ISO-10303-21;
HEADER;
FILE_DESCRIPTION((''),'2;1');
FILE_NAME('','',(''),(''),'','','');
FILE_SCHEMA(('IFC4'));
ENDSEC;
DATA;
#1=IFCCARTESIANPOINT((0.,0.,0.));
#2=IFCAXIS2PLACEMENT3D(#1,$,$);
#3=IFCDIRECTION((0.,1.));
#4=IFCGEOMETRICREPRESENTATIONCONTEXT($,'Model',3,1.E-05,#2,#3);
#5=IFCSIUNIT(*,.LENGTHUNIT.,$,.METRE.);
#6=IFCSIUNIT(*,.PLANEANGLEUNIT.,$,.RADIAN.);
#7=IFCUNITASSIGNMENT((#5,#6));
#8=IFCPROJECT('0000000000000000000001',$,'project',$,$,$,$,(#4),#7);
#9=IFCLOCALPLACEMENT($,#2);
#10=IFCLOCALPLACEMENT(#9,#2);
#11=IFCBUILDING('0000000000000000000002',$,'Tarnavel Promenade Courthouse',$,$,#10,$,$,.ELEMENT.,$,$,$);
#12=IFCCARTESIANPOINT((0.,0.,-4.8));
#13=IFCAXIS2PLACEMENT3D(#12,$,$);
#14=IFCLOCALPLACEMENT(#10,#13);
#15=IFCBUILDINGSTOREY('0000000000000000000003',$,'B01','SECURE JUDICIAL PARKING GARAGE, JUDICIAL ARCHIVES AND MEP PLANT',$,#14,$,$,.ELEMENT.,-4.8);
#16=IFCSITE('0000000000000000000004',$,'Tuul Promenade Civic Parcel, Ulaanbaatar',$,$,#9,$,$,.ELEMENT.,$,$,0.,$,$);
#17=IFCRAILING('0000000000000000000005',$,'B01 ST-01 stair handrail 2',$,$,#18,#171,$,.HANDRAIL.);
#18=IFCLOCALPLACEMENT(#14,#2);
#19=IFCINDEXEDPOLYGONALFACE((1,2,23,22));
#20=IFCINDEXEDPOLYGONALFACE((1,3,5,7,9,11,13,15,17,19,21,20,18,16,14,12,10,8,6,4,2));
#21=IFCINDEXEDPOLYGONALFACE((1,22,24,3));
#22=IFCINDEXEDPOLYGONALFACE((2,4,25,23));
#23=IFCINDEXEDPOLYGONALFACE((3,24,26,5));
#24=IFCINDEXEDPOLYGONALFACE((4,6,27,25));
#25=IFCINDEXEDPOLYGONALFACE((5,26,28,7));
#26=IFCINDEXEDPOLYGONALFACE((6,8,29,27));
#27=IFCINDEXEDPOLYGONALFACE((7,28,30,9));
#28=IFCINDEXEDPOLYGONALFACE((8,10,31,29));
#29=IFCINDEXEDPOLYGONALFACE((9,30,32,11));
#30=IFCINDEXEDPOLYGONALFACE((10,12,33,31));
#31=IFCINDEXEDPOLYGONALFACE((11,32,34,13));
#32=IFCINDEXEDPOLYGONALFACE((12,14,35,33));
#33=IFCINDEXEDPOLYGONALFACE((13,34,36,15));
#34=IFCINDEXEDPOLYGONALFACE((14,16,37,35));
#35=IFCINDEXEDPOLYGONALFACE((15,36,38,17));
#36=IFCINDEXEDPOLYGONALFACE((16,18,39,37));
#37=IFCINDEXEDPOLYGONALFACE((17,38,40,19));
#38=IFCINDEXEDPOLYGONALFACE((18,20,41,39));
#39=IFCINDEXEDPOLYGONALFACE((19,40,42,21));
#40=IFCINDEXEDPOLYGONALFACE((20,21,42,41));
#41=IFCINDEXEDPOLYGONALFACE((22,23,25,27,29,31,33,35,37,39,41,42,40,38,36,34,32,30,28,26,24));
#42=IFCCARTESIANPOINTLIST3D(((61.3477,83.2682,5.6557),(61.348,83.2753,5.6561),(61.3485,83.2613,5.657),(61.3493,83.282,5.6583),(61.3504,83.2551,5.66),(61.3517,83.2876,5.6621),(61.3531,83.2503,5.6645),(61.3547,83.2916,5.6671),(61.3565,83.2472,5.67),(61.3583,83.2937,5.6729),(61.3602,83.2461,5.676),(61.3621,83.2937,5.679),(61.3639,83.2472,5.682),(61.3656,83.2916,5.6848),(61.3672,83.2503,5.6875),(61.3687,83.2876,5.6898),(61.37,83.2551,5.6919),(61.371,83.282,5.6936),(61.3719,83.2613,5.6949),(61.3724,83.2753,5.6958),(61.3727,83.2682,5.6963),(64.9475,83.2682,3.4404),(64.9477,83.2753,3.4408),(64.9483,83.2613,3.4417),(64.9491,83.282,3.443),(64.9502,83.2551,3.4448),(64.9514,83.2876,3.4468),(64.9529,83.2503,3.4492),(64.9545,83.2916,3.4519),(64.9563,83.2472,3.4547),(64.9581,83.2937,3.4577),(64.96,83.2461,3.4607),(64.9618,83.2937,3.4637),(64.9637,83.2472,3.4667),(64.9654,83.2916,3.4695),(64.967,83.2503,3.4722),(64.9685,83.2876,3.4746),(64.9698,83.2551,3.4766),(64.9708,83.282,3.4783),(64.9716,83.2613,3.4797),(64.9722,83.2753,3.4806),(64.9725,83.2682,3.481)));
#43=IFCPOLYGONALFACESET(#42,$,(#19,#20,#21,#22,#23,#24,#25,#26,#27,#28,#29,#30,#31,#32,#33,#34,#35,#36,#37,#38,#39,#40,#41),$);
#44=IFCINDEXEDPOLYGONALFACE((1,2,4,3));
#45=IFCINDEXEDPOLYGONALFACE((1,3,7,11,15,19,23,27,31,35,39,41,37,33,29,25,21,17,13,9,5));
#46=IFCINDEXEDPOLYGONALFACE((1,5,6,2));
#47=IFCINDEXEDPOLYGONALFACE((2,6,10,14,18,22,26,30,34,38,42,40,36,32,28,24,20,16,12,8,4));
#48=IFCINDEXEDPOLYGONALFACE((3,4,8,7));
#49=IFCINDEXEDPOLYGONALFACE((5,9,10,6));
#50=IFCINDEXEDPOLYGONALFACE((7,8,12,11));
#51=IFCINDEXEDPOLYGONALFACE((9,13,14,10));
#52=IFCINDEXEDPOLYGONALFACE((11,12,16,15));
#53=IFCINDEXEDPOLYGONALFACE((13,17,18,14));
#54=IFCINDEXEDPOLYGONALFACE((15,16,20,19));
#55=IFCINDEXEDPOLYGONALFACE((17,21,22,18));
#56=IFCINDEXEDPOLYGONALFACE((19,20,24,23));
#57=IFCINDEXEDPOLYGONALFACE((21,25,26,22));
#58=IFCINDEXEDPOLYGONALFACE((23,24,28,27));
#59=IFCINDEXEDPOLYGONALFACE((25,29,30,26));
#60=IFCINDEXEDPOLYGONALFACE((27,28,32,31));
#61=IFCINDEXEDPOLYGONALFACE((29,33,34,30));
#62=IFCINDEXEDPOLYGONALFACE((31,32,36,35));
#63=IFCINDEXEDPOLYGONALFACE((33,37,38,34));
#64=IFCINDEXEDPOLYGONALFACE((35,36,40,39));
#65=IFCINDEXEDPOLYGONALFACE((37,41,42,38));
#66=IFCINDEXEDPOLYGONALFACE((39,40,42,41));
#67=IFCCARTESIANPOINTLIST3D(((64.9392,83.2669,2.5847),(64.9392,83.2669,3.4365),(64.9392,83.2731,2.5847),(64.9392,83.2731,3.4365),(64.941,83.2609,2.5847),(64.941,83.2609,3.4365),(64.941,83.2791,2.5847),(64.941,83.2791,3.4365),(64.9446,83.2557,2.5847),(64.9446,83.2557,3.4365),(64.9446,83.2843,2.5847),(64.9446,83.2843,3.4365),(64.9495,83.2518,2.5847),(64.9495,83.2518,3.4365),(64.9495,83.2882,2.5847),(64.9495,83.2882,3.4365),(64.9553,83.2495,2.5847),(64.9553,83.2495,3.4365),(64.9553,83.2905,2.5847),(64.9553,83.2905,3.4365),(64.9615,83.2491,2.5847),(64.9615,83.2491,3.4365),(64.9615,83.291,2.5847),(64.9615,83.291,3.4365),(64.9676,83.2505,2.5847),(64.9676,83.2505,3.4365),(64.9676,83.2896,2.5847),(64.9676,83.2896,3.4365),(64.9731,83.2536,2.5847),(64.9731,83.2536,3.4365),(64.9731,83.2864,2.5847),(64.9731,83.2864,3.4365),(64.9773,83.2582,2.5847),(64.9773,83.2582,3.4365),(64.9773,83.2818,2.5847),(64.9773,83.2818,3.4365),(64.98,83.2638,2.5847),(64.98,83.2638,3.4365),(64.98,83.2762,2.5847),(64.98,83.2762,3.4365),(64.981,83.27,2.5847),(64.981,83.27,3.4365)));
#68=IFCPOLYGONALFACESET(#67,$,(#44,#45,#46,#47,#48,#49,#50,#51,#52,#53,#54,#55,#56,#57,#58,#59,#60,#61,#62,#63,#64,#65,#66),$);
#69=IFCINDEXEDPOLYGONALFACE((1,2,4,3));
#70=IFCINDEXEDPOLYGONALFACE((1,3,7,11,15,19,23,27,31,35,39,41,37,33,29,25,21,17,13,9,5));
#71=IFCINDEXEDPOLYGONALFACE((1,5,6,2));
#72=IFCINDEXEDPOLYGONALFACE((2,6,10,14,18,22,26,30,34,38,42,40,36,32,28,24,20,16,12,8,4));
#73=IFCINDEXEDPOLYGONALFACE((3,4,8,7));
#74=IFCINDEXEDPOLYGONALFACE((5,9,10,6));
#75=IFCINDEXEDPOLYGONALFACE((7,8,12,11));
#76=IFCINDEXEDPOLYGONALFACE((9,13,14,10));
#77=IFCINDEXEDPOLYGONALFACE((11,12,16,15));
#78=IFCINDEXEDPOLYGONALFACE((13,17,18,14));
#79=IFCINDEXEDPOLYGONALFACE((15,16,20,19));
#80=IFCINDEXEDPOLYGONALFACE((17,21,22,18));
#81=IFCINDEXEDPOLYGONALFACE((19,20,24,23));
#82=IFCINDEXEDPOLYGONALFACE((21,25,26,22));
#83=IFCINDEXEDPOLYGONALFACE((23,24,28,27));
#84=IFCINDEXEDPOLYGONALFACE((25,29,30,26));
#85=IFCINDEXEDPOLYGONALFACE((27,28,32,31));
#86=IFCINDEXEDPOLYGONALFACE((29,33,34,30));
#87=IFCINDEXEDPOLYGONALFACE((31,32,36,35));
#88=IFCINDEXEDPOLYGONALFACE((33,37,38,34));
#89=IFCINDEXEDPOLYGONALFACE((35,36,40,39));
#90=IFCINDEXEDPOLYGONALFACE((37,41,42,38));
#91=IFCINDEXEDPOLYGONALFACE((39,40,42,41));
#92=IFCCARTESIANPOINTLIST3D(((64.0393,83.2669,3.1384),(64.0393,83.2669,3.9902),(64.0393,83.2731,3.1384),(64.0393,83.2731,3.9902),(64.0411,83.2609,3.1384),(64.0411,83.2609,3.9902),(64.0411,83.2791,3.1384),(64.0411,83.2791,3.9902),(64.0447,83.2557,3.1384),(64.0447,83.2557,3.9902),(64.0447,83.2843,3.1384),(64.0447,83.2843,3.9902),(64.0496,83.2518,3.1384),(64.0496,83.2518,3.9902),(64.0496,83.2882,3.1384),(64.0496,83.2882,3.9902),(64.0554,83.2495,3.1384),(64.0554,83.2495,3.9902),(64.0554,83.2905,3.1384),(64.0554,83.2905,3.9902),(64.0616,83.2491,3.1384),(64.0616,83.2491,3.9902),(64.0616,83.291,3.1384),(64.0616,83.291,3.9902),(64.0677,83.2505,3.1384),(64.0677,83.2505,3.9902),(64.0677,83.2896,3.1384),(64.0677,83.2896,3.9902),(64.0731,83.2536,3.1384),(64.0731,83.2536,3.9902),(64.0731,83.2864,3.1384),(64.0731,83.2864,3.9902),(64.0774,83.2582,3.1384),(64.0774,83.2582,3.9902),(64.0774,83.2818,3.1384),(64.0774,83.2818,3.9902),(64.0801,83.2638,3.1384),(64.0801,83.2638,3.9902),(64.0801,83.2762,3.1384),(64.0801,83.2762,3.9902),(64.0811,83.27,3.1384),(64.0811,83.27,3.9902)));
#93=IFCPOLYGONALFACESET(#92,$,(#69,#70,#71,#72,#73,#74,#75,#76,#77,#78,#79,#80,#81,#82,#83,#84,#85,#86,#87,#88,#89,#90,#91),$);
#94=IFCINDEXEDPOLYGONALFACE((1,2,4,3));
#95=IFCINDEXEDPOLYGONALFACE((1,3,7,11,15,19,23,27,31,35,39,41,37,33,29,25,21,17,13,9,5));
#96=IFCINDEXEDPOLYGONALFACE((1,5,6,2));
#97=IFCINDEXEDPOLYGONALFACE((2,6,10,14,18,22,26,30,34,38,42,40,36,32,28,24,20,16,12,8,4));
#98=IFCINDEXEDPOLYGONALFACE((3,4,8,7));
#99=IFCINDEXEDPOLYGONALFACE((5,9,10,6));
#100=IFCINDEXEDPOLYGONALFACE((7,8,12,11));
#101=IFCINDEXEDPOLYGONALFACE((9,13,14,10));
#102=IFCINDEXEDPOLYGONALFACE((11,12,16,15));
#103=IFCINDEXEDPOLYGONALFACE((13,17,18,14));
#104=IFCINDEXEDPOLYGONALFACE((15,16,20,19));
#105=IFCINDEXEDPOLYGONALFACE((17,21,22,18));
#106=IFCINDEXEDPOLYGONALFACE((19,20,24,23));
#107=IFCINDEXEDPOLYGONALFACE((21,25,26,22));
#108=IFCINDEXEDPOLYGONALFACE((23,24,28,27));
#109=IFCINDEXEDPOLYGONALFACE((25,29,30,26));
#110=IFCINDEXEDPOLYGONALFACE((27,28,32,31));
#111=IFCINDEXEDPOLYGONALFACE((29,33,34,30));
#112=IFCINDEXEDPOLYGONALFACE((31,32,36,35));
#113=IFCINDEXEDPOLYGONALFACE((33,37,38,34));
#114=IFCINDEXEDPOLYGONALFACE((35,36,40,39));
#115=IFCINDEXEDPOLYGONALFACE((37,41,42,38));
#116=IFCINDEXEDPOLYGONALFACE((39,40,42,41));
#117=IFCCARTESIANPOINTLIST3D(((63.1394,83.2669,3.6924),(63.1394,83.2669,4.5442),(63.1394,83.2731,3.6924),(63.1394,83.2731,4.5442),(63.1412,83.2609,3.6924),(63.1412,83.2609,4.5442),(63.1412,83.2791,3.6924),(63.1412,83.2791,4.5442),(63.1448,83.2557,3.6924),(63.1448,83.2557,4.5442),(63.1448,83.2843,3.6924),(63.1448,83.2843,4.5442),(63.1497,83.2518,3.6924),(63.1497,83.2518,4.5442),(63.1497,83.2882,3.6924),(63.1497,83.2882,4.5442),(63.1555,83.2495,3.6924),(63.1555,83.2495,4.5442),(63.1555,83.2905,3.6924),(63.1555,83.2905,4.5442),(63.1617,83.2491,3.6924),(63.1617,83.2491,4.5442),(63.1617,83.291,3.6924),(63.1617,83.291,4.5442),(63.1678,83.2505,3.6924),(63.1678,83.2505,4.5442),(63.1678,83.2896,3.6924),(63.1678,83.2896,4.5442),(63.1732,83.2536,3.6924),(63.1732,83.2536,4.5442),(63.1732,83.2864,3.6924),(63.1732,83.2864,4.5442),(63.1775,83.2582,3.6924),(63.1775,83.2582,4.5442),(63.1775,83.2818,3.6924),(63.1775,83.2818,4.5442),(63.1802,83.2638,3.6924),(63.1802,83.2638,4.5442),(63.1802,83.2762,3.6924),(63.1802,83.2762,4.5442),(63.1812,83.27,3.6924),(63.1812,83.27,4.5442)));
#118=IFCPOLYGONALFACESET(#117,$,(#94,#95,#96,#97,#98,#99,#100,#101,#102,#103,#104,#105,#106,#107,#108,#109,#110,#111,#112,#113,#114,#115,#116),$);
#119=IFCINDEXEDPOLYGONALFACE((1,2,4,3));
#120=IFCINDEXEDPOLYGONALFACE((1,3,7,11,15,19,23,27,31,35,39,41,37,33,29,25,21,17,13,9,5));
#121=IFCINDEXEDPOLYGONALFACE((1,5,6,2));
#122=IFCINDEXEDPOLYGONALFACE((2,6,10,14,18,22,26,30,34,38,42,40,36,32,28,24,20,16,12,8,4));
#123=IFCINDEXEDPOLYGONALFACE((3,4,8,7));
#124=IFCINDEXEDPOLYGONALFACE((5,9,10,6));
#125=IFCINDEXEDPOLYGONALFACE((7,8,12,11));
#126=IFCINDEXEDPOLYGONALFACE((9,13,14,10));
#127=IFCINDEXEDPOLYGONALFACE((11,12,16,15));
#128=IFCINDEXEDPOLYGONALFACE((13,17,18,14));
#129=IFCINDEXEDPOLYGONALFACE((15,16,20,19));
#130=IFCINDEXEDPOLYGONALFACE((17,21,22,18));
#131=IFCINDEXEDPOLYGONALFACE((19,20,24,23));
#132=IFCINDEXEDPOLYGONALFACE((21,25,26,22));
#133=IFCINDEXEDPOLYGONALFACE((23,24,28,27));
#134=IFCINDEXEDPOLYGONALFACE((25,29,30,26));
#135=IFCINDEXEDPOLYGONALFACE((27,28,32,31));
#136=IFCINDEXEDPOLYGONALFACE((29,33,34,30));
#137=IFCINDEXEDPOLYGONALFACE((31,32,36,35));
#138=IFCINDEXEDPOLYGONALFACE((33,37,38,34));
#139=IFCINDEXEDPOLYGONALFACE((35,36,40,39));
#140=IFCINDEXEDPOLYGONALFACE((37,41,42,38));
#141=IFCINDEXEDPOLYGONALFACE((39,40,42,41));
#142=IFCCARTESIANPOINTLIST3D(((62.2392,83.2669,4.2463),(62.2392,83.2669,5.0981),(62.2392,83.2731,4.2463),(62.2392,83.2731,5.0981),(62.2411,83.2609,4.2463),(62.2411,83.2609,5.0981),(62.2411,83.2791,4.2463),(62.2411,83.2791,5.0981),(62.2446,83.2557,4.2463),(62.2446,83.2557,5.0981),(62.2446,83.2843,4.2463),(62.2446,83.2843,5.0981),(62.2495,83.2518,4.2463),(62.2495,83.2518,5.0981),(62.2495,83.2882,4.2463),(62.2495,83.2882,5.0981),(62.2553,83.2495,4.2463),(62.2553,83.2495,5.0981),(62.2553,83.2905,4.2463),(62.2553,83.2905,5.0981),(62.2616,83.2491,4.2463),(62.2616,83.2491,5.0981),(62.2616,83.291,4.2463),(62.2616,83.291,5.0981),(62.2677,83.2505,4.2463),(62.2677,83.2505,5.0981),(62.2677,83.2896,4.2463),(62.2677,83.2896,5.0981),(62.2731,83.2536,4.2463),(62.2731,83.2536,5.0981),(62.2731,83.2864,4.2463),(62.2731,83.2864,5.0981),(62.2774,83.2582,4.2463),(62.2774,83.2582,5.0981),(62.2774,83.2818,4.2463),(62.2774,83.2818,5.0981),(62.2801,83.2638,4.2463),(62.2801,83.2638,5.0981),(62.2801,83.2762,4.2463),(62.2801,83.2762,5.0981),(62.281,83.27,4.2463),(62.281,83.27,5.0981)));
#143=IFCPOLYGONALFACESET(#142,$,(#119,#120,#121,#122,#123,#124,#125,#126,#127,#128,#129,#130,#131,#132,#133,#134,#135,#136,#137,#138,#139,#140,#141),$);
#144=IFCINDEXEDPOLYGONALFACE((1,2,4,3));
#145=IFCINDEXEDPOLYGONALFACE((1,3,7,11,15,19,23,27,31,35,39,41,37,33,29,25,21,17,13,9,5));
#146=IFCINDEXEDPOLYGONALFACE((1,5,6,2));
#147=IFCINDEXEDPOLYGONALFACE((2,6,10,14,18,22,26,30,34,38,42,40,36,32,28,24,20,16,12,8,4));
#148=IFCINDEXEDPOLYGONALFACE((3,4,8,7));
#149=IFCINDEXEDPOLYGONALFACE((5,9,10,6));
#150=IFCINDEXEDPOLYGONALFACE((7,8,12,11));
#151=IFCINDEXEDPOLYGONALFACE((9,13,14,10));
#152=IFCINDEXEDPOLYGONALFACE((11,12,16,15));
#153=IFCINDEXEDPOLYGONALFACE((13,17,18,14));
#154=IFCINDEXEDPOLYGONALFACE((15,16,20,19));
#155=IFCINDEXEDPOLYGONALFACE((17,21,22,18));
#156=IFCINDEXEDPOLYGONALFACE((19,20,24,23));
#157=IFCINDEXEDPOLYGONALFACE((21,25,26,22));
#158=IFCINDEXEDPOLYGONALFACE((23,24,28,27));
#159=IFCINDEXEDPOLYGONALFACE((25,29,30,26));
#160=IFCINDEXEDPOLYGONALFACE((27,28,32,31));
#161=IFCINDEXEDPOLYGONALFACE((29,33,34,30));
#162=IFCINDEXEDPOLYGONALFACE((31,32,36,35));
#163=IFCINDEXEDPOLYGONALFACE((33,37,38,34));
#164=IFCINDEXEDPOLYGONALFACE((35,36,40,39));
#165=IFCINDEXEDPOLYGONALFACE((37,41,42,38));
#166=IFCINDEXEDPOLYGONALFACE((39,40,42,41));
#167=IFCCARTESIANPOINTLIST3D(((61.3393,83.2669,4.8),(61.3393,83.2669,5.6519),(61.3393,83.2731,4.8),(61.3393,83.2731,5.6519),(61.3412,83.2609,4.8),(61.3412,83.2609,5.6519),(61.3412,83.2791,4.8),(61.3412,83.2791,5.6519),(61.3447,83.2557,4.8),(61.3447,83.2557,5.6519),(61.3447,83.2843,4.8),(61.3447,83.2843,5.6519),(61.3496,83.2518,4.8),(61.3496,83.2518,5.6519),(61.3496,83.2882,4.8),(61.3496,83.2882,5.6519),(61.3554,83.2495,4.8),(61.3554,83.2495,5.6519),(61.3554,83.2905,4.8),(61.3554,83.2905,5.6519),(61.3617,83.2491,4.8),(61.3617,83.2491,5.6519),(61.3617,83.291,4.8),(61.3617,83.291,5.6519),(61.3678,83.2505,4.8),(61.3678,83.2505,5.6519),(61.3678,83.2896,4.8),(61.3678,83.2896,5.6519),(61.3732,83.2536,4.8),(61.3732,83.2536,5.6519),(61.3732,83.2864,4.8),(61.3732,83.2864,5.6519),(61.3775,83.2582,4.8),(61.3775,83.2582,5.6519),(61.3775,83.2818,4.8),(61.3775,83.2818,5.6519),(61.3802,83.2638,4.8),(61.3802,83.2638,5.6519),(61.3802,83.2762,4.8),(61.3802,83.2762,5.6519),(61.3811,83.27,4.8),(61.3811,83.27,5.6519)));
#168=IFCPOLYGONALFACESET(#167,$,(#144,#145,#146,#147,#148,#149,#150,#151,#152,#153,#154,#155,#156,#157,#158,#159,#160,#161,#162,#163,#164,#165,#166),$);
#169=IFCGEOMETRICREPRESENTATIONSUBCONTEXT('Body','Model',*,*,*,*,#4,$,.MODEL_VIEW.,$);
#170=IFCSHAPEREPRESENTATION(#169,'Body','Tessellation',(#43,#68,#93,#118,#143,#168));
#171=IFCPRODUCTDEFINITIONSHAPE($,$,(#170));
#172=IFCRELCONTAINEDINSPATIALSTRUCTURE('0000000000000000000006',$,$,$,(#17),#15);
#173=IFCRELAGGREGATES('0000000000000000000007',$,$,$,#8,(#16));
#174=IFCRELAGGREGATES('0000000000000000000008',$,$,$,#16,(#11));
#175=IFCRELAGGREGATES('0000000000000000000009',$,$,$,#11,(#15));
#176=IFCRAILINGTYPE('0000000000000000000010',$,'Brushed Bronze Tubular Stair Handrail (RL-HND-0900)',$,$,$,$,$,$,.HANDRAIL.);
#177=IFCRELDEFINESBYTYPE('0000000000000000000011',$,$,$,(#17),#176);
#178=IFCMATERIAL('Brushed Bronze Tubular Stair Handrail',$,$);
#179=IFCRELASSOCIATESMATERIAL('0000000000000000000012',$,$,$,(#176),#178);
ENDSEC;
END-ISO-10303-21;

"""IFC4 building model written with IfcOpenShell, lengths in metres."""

from ifc_helpers import new_model, si_unit, direction, frame, origin, origin_2d, place, context, subcontext, project, spatial, circle, extrude, material, type_object, element, save


model = new_model("IFC4")

# Units and contexts
model_context = context("Model", 3, precision=1e-05, world=origin(), true_north=direction((0.0, 1.0)))
body_context = subcontext(model_context, "Body", "Model", "MODEL_VIEW")
ifc_project = project(units=[si_unit("LENGTHUNIT", "METRE"), si_unit("PLANEANGLEUNIT", "RADIAN")], contexts=[model_context])

# Site, building, storey
site_placement = place(None, origin())
site = spatial("IfcSite", under=ifc_project, at=site_placement, Name="Tuul Promenade Civic Parcel, Ulaanbaatar", CompositionType="ELEMENT", RefElevation=0.0)
building_placement = place(site_placement, origin())
building = spatial("IfcBuilding", under=site, at=building_placement, Name="Tarnavel Promenade Courthouse", CompositionType="ELEMENT")
storey_placement = place(building_placement, frame((0.0, 0.0, -4.8)))
storey = spatial("IfcBuildingStorey", under=building, at=storey_placement, Name="B01", Description="SECURE JUDICIAL PARKING GARAGE, JUDICIAL ARCHIVES AND MEP PLANT", CompositionType="ELEMENT", Elevation=-4.8)

# Railing
ifc_material_1 = material(Name="Brushed Bronze Tubular Stair Handrail")
railing_type_1 = type_object("IfcRailingType", Name="Brushed Bronze Tubular Stair Handrail (RL-HND-0900)", PredefinedType="HANDRAIL", material=ifc_material_1)
railing_1_placement = place(storey_placement, frame((64.96, 83.27, 2.5847)))
element("IfcRailing", 1, at=railing_1_placement, inside=storey, type_object=railing_type_1, Name="B01 ST-01 stair handrail 2", PredefinedType="HANDRAIL", context=body_context, shape_type="SweptSolid", body=[
    extrude(circle(Radius=0.0239, at=origin_2d()), frame((0.0, 0.0, 0.876), z_axis=(-0.851654, 0.0, 0.524104), x_axis=(0.0, -1.0, 0.0)), (0.0, 0.0, 1.0), 4.2268),
    extrude(circle(Radius=0.021, at=origin_2d()), origin(), (0.0, 0.0, 1.0), 0.8518),
    extrude(circle(Radius=0.021, at=origin_2d()), frame((-0.8999, 0.0, 0.5537)), (0.0, 0.0, 1.0), 0.8518),
    extrude(circle(Radius=0.021, at=origin_2d()), frame((-1.7998, 0.0, 1.1077)), (0.0, 0.0, 1.0), 0.8518),
    extrude(circle(Radius=0.021, at=origin_2d()), frame((-2.7, 0.0, 1.6616)), (0.0, 0.0, 1.0), 0.8518),
    extrude(circle(Radius=0.021, at=origin_2d()), frame((-3.5999, 0.0, 2.2153)), (0.0, 0.0, 1.0), 0.8518),
])

save(model, "model.ifc")
